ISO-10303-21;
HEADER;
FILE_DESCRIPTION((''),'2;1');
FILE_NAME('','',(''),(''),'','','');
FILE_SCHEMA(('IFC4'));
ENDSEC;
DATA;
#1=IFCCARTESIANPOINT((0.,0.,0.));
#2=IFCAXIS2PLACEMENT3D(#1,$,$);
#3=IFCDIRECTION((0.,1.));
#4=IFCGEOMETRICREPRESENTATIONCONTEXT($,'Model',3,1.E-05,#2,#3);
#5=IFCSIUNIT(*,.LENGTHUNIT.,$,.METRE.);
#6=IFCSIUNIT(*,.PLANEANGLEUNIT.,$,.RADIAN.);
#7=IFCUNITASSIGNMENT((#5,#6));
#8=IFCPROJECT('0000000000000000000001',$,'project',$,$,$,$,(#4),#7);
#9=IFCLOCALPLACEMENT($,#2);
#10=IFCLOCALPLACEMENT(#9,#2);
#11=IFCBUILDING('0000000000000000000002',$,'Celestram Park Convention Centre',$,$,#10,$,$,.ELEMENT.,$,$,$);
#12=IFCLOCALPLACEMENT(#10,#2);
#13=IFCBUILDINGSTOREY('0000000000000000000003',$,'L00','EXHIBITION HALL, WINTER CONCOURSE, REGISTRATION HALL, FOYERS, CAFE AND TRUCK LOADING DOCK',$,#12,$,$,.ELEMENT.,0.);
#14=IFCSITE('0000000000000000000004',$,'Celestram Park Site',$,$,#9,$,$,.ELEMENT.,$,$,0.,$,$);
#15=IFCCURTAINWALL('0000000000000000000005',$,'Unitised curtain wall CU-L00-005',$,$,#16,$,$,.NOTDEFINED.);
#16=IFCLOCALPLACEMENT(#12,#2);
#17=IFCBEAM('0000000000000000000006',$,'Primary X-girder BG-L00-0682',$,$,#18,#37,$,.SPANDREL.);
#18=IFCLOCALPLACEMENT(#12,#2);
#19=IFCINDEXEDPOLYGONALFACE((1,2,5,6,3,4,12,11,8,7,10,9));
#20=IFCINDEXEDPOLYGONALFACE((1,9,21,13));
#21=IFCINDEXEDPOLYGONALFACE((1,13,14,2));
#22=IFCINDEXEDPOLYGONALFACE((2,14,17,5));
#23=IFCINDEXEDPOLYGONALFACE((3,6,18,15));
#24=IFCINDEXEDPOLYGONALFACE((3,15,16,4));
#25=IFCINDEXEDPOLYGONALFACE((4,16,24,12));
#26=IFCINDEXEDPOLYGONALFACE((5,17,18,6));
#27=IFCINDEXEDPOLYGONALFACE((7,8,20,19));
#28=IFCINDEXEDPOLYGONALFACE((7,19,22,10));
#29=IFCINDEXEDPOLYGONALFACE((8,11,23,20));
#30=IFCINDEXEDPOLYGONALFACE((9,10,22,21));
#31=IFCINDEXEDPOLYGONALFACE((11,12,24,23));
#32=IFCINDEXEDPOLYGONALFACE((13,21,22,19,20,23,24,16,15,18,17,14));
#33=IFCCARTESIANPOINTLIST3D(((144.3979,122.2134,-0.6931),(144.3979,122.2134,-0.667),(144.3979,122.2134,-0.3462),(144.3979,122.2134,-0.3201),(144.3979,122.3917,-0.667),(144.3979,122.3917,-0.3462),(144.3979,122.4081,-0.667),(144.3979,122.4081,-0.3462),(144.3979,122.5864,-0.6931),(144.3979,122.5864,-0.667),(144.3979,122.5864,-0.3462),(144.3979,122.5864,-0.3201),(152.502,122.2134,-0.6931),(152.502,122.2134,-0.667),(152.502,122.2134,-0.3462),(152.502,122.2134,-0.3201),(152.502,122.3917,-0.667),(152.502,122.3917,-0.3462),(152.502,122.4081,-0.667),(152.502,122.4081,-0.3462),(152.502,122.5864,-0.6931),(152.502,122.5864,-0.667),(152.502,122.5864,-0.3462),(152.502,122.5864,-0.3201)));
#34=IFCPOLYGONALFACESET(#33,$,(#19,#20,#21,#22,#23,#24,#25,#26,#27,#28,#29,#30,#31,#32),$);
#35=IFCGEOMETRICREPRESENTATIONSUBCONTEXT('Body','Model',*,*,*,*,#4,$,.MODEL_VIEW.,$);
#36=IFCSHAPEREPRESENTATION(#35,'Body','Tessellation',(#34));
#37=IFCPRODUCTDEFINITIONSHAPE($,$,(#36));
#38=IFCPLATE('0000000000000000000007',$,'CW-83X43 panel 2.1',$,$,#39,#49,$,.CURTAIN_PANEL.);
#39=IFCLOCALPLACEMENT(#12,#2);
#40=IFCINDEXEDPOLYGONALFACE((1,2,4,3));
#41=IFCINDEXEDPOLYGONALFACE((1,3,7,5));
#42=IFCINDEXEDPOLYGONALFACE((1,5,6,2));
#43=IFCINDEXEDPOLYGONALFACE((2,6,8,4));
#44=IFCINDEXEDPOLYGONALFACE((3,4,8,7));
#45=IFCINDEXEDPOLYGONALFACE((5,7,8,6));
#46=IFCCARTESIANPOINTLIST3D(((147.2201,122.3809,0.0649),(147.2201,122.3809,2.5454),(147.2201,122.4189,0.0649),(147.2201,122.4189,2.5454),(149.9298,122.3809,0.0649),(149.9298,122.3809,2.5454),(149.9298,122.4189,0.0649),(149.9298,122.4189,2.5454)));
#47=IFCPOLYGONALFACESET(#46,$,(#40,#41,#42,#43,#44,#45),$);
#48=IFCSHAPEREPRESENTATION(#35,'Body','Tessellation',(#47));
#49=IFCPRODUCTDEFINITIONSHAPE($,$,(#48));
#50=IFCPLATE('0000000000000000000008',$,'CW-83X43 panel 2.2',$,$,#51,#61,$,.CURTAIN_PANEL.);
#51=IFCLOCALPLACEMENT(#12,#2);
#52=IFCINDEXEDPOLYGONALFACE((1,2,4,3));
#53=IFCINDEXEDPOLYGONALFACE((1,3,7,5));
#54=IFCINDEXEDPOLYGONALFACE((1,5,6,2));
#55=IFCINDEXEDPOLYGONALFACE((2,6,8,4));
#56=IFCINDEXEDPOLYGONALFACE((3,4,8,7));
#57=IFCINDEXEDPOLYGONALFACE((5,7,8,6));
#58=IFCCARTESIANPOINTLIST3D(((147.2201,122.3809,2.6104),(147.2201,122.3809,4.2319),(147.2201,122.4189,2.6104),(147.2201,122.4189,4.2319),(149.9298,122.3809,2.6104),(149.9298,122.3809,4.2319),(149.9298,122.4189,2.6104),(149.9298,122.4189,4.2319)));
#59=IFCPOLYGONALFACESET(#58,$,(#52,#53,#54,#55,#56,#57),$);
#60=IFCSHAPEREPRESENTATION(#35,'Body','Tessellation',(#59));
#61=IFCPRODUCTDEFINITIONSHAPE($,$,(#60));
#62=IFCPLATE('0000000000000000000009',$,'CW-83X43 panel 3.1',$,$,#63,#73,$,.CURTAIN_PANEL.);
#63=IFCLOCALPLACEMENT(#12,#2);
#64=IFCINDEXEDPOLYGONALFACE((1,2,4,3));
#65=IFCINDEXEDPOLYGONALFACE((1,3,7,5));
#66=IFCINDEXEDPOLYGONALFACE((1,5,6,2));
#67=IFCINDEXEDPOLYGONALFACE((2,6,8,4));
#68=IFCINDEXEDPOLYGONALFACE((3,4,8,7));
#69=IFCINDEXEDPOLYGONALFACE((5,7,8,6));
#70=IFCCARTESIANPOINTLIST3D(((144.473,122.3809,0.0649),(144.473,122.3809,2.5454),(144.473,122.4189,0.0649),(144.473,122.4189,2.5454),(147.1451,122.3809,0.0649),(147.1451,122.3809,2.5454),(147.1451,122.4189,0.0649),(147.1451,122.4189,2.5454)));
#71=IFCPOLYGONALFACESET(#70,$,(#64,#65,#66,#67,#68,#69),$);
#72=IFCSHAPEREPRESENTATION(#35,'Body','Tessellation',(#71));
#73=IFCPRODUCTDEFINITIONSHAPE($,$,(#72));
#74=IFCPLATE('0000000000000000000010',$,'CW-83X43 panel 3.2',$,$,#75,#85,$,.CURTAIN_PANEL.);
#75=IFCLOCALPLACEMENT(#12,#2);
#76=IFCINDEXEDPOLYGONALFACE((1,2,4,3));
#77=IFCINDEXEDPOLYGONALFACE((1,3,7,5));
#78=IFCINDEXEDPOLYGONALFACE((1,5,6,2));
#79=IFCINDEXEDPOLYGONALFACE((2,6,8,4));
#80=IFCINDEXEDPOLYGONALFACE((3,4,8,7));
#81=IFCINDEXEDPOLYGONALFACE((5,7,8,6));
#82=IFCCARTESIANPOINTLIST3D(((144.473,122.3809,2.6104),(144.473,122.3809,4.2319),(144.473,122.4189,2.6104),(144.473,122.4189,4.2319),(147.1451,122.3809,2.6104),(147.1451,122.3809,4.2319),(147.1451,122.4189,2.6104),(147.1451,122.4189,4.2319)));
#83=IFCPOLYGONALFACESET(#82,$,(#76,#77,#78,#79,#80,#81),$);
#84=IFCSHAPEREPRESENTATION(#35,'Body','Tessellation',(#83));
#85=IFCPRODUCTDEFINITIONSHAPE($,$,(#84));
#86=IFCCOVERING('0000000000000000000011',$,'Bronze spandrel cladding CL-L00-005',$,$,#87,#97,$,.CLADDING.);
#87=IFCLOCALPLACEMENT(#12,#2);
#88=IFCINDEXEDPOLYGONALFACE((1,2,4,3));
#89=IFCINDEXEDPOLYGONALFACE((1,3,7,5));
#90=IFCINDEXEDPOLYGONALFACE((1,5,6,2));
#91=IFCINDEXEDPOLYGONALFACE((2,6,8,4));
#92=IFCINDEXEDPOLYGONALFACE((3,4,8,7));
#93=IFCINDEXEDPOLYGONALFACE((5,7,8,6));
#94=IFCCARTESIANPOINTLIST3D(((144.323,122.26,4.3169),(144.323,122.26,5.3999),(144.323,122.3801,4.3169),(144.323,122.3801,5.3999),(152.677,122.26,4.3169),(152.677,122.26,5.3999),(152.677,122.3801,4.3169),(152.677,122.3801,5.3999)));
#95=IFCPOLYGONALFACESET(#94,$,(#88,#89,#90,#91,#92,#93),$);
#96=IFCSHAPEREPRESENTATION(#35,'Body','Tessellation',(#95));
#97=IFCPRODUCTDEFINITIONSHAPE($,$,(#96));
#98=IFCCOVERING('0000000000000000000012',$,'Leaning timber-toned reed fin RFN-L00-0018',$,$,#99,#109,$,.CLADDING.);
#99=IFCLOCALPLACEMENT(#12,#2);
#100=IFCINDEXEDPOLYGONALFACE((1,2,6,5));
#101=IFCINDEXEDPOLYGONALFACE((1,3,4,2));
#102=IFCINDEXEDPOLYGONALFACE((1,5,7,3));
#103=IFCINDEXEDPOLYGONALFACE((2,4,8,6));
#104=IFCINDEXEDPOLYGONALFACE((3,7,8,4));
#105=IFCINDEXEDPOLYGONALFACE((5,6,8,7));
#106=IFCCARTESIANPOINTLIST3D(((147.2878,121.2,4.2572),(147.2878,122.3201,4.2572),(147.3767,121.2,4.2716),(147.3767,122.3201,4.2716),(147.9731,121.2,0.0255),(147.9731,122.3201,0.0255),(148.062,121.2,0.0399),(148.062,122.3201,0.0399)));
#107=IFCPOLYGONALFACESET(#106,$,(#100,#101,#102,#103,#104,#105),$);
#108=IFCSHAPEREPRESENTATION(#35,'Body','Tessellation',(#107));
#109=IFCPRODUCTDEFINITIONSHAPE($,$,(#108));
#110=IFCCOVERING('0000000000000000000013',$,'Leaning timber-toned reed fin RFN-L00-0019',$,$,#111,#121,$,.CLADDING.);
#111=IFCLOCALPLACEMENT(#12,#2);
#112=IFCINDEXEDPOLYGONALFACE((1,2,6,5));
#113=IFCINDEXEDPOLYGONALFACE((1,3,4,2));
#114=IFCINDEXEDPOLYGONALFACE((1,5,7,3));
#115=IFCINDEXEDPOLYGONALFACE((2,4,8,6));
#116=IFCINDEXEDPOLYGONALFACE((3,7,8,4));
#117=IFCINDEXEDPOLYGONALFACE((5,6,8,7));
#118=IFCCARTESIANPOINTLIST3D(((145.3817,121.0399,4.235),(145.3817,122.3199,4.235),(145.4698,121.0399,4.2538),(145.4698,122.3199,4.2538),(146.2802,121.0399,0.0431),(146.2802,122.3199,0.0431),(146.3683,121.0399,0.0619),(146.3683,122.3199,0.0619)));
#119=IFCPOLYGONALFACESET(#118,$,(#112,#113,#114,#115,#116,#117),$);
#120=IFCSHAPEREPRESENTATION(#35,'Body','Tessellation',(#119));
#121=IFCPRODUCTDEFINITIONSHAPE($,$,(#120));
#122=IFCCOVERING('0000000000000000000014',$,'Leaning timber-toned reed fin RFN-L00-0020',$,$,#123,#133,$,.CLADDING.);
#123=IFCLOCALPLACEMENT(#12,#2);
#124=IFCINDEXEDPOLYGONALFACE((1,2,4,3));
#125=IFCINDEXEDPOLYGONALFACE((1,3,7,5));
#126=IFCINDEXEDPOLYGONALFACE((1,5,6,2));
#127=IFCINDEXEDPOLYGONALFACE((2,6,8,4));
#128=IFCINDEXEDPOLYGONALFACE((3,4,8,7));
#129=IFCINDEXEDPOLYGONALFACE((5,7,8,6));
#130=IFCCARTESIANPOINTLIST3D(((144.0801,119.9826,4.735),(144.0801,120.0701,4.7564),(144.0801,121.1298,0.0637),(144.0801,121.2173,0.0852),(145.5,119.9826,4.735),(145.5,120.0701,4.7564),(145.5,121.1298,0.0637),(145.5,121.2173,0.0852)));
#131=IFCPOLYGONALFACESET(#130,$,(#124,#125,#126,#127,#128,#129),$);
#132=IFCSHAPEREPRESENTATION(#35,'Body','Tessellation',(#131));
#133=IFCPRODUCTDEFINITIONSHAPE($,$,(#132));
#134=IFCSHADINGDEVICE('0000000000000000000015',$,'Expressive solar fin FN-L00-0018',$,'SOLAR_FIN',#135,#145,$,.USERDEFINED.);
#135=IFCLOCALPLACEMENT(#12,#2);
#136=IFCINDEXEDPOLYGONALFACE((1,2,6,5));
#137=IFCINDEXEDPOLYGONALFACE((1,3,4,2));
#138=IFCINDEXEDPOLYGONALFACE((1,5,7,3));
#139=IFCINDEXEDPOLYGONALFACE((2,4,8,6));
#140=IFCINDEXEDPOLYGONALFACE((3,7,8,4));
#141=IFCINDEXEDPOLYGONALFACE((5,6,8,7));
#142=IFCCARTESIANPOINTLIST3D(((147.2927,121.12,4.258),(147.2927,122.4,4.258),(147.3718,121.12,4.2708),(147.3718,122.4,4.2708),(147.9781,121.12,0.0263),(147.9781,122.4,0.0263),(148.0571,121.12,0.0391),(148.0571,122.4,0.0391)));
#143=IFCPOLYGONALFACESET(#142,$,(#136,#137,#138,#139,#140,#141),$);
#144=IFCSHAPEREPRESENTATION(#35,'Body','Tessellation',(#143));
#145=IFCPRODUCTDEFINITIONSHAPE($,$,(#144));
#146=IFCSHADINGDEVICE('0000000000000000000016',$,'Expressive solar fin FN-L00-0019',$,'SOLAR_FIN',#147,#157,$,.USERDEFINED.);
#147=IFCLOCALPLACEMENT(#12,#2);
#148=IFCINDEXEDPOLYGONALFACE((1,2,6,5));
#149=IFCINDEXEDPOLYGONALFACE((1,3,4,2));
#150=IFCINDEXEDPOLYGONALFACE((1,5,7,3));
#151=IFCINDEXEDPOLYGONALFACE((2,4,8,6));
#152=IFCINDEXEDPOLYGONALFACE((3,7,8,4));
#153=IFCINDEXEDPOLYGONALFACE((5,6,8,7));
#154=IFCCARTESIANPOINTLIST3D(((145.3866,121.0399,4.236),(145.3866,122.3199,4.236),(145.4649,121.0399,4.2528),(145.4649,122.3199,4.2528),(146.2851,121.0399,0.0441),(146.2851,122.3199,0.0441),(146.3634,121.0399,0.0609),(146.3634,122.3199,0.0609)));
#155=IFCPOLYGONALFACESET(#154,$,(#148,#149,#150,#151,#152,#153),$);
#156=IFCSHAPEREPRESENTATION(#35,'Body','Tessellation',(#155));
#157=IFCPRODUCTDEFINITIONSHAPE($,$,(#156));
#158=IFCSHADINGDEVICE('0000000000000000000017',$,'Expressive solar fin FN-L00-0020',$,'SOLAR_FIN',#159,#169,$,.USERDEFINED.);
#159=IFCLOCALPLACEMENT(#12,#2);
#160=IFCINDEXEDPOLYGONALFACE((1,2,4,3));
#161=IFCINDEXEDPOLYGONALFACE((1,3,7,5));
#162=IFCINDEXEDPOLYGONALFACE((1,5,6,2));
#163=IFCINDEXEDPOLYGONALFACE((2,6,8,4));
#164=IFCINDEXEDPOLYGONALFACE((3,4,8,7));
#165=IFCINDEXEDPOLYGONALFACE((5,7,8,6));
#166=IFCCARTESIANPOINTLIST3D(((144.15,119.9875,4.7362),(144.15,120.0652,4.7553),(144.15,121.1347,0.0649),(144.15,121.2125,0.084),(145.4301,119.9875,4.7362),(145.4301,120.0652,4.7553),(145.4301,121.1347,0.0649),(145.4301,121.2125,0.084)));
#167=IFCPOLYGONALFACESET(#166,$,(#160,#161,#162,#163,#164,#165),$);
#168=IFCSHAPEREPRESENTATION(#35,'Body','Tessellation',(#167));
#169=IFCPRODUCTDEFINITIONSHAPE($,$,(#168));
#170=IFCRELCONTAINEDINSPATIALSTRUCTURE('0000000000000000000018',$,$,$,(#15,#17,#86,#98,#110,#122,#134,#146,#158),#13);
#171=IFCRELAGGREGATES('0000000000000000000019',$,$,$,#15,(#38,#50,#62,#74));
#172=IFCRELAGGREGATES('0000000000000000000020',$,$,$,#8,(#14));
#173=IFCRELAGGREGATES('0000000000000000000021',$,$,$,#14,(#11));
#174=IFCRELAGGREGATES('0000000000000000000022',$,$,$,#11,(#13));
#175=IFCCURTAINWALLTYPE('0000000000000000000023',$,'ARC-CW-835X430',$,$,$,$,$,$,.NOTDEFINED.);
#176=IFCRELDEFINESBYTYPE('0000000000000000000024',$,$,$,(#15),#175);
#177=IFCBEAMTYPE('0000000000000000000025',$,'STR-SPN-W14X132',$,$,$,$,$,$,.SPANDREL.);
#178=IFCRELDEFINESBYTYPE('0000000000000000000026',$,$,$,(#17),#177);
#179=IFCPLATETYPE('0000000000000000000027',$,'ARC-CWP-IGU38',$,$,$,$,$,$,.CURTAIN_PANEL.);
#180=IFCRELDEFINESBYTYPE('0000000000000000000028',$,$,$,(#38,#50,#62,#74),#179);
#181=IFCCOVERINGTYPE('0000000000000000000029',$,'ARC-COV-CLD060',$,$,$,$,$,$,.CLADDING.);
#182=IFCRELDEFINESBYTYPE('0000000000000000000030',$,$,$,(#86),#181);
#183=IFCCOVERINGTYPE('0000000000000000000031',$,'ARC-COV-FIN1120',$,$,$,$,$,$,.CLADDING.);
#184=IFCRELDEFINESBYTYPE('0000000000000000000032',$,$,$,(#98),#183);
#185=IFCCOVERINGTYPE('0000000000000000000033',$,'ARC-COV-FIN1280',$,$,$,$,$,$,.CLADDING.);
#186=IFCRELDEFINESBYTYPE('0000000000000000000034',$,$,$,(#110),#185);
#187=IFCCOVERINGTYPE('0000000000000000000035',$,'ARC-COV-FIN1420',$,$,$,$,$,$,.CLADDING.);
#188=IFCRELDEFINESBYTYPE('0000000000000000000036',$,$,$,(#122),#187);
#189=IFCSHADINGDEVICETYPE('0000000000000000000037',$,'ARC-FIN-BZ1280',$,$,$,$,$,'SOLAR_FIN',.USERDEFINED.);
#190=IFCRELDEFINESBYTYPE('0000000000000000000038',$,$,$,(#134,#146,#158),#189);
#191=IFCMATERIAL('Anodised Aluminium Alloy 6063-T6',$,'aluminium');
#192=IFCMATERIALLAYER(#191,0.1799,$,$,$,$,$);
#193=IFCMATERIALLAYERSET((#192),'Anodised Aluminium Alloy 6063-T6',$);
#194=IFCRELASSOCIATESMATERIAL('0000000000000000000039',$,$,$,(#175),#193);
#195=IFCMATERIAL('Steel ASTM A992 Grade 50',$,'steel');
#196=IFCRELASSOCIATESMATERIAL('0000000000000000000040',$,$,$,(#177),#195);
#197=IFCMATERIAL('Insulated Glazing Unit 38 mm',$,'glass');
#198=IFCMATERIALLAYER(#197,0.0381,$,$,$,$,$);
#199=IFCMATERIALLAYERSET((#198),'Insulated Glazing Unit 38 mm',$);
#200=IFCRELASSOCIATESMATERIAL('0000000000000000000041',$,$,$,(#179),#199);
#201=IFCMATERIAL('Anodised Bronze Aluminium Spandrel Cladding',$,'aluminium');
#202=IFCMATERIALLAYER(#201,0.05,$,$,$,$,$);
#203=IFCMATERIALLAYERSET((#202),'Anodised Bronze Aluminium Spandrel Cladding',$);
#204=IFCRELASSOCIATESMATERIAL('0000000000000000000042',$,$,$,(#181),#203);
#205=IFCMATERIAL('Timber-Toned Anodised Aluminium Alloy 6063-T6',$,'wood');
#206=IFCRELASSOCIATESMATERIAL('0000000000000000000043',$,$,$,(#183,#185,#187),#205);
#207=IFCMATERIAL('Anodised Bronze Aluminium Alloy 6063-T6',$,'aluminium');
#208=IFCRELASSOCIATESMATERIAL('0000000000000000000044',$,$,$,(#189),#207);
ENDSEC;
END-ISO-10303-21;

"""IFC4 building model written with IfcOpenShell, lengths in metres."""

from ifc_helpers import new_model, si_unit, direction, frame, origin, origin_2d, place, context, subcontext, project, spatial, rectangle, i_section, extrude, material, layer, layer_set, material_profile, profile_set, type_object, element, aggregate, save


model = new_model("IFC4")

# Units and contexts
model_context = context("Model", 3, precision=1e-05, world=origin(), true_north=direction((0.0, 1.0)))
body_context = subcontext(model_context, "Body", "Model", "MODEL_VIEW")
ifc_project = project(units=[si_unit("LENGTHUNIT", "METRE"), si_unit("PLANEANGLEUNIT", "RADIAN")], contexts=[model_context])

# Site, building, storey
site_placement = place(None, origin())
site = spatial("IfcSite", under=ifc_project, at=site_placement, Name="Celestram Park Site", CompositionType="ELEMENT", RefElevation=0.0)
building_placement = place(site_placement, origin())
building = spatial("IfcBuilding", under=site, at=building_placement, Name="Celestram Park Convention Centre", CompositionType="ELEMENT")
storey_placement = place(building_placement, origin())
storey = spatial("IfcBuildingStorey", under=building, at=storey_placement, Name="L00", Description="EXHIBITION HALL, WINTER CONCOURSE, REGISTRATION HALL, FOYERS, CAFE AND TRUCK LOADING DOCK", CompositionType="ELEMENT", Elevation=0.0)

# Shared definitions
ifc_material_1 = material(Name="Anodised Aluminium Alloy 6063-T6", Category="aluminium")

# Curtain wall
ifc_layer_1 = layer(ifc_material_1, 0.1799)
ifc_layer_set_1 = layer_set([ifc_layer_1], Name="Anodised Aluminium Alloy 6063-T6")
curtain_wall_type_1 = type_object("IfcCurtainWallType", Name="ARC-CW-835X430", PredefinedType="NOTDEFINED", material=ifc_layer_set_1)
curtain_wall_1_placement = place(storey_placement, origin())
curtain_wall_1 = element("IfcCurtainWall", 1, at=curtain_wall_1_placement, inside=storey, type_object=curtain_wall_type_1, Name="Unitised curtain wall CU-L00-005", PredefinedType="NOTDEFINED")

# Beam
ifc_material_2 = material(Name="Steel ASTM A992 Grade 50", Category="steel")
ifc_material_profile_1 = material_profile(ifc_material_2, i_section(OverallWidth=0.373, OverallDepth=0.373, WebThickness=0.0164, FlangeThickness=0.0261, at=origin_2d()), Name="W14X132")
ifc_profile_set_1 = profile_set([ifc_material_profile_1], Name="Steel ASTM A992 Grade 50")
beam_type = type_object("IfcBeamType", Name="STR-SPN-W14X132", PredefinedType="SPANDREL", material=ifc_profile_set_1)
beam_placement = place(storey_placement, frame((144.3979, 122.3999, -0.5066), z_axis=(1.0, 0.0, 0.0), x_axis=(0.0, 1.0, 0.0)))
element("IfcBeam", 2, at=beam_placement, inside=storey, type_object=beam_type, Name="Primary X-girder BG-L00-0682", PredefinedType="SPANDREL", context=body_context, shape_type="SweptSolid", body=[
    extrude(i_section(OverallWidth=0.373, OverallDepth=0.373, WebThickness=0.0164, FlangeThickness=0.0261, at=origin_2d()), origin(), (0.0, 0.0, 1.0), 8.104),
])

# Plates
ifc_material_3 = material(Name="Insulated Glazing Unit 38 mm", Category="glass")
ifc_layer_2 = layer(ifc_material_3, 0.0381)
ifc_layer_set_2 = layer_set([ifc_layer_2], Name="Insulated Glazing Unit 38 mm")
plate_type = type_object("IfcPlateType", Name="ARC-CWP-IGU38", PredefinedType="CURTAIN_PANEL", material=ifc_layer_set_2)
plate_1_placement = place(storey_placement, frame((148.575, 122.3999, 0.0649), z_axis=(0.0, 0.0, 1.0), x_axis=(-1.0, 0.0, 0.0)))
plate_1 = element("IfcPlate", 3, at=plate_1_placement, type_object=plate_type, Name="CW-83X43 panel 2.1", PredefinedType="CURTAIN_PANEL", context=body_context, shape_type="SweptSolid", body=[
    extrude(rectangle(XDim=2.7097, YDim=0.0381, at=origin_2d()), origin(), (0.0, 0.0, 1.0), 2.4805),
])
plate_2_placement = place(storey_placement, frame((148.575, 122.3999, 2.6104), z_axis=(0.0, 0.0, 1.0), x_axis=(-1.0, 0.0, 0.0)))
plate_2 = element("IfcPlate", 4, at=plate_2_placement, type_object=plate_type, Name="CW-83X43 panel 2.2", PredefinedType="CURTAIN_PANEL", context=body_context, shape_type="SweptSolid", body=[
    extrude(rectangle(XDim=2.7097, YDim=0.0381, at=origin_2d()), origin(), (0.0, 0.0, 1.0), 1.6216),
])
plate_3_placement = place(storey_placement, frame((145.8091, 122.3999, 0.0649), z_axis=(0.0, 0.0, 1.0), x_axis=(-1.0, 0.0, 0.0)))
plate_3 = element("IfcPlate", 5, at=plate_3_placement, type_object=plate_type, Name="CW-83X43 panel 3.1", PredefinedType="CURTAIN_PANEL", context=body_context, shape_type="SweptSolid", body=[
    extrude(rectangle(XDim=2.6721, YDim=0.0381, at=origin_2d()), origin(), (0.0, 0.0, 1.0), 2.4805),
])
plate_4_placement = place(storey_placement, frame((145.8091, 122.3999, 2.6104), z_axis=(0.0, 0.0, 1.0), x_axis=(-1.0, 0.0, 0.0)))
plate_4 = element("IfcPlate", 6, at=plate_4_placement, type_object=plate_type, Name="CW-83X43 panel 3.2", PredefinedType="CURTAIN_PANEL", context=body_context, shape_type="SweptSolid", body=[
    extrude(rectangle(XDim=2.6721, YDim=0.0381, at=origin_2d()), origin(), (0.0, 0.0, 1.0), 1.6216),
])
aggregate(curtain_wall_1, [plate_1, plate_2, plate_3, plate_4])

# Coverings
ifc_material_4 = material(Name="Anodised Bronze Aluminium Spandrel Cladding", Category="aluminium")
ifc_layer_3 = layer(ifc_material_4, 0.05)
ifc_layer_set_3 = layer_set([ifc_layer_3], Name="Anodised Bronze Aluminium Spandrel Cladding")
covering_type_1 = type_object("IfcCoveringType", Name="ARC-COV-CLD060", PredefinedType="CLADDING", material=ifc_layer_set_3)
covering_1_placement = place(storey_placement, frame((148.5, 122.3201, 4.3169), z_axis=(0.0, 0.0, 1.0), x_axis=(-1.0, 0.0, 0.0)))
element("IfcCovering", 7, at=covering_1_placement, inside=storey, type_object=covering_type_1, Name="Bronze spandrel cladding CL-L00-005", PredefinedType="CLADDING", context=body_context, shape_type="SweptSolid", body=[
    extrude(rectangle(XDim=8.354, YDim=0.1201, at=origin_2d()), origin(), (0.0, 0.0, 1.0), 1.083),
])
ifc_material_5 = material(Name="Timber-Toned Anodised Aluminium Alloy 6063-T6", Category="wood")
ifc_material_profile_2 = material_profile(ifc_material_5, rectangle(XDim=1.1201, YDim=0.0901, at=origin_2d()), Name="REED1120X90")
ifc_profile_set_2 = profile_set([ifc_material_profile_2], Name="Timber-Toned Anodised Aluminium Alloy 6063-T6")
covering_type_2 = type_object("IfcCoveringType", Name="ARC-COV-FIN1120", PredefinedType="CLADDING", material=ifc_profile_set_2)
covering_2_placement = place(storey_placement, frame((148.0176, 121.76, 0.0327), z_axis=(-0.159863, 0.0, 0.987139), x_axis=(0.0, -1.0, 0.0)))
element("IfcCovering", 8, at=covering_2_placement, inside=storey, type_object=covering_type_2, Name="Leaning timber-toned reed fin RFN-L00-0018", PredefinedType="CLADDING", context=body_context, shape_type="SweptSolid", body=[
    extrude(rectangle(XDim=1.1201, YDim=0.0901, at=origin_2d()), origin(), (0.0, 0.0, 1.0), 4.2869),
])
ifc_material_profile_3 = material_profile(ifc_material_5, rectangle(XDim=1.28, YDim=0.0901, at=origin_2d()), Name="REED1280X90")
ifc_profile_set_3 = profile_set([ifc_material_profile_3], Name="Timber-Toned Anodised Aluminium Alloy 6063-T6")
covering_type_3 = type_object("IfcCoveringType", Name="ARC-COV-FIN1280", PredefinedType="CLADDING", material=ifc_profile_set_3)
covering_3_placement = place(storey_placement, frame((146.3242, 121.6799, 0.0525), z_axis=(-0.209568, 0.0, 0.977794), x_axis=(0.0, -1.0, 0.0)))
element("IfcCovering", 9, at=covering_3_placement, inside=storey, type_object=covering_type_3, Name="Leaning timber-toned reed fin RFN-L00-0019", PredefinedType="CLADDING", context=body_context, shape_type="SweptSolid", body=[
    extrude(rectangle(XDim=1.28, YDim=0.0901, at=origin_2d()), origin(), (0.0, 0.0, 1.0), 4.2871),
])
ifc_material_profile_4 = material_profile(ifc_material_5, rectangle(XDim=1.4199, YDim=0.0901, at=origin_2d()), Name="REED1420X90")
ifc_profile_set_4 = profile_set([ifc_material_profile_4], Name="Timber-Toned Anodised Aluminium Alloy 6063-T6")
covering_type_4 = type_object("IfcCoveringType", Name="ARC-COV-FIN1420", PredefinedType="CLADDING", material=ifc_profile_set_4)
covering_4_placement = place(storey_placement, frame((144.79, 121.1736, 0.0745), z_axis=(0.0, -0.238509, 0.97114), x_axis=(1.0, 0.0, 0.0)))
element("IfcCovering", 10, at=covering_4_placement, inside=storey, type_object=covering_type_4, Name="Leaning timber-toned reed fin RFN-L00-0020", PredefinedType="CLADDING", context=body_context, shape_type="SweptSolid", body=[
    extrude(rectangle(XDim=1.4199, YDim=0.0901, at=origin_2d()), origin(), (0.0, 0.0, 1.0), 4.8101),
])

# Shading devices
ifc_material_6 = material(Name="Anodised Bronze Aluminium Alloy 6063-T6", Category="aluminium")
ifc_material_profile_5 = material_profile(ifc_material_6, rectangle(XDim=1.28, YDim=0.0801, at=origin_2d()), Name="FIN1280X80")
ifc_profile_set_5 = profile_set([ifc_material_profile_5], Name="Anodised Bronze Aluminium Alloy 6063-T6")
shading_device_type = type_object("IfcShadingDeviceType", Name="ARC-FIN-BZ1280", ElementType="SOLAR_FIN", PredefinedType="USERDEFINED", material=ifc_profile_set_5)
shading_device_1_placement = place(storey_placement, frame((148.0176, 121.76, 0.0327), z_axis=(-0.159863, 0.0, 0.987139), x_axis=(0.0, -1.0, 0.0)))
element("IfcShadingDevice", 11, at=shading_device_1_placement, inside=storey, type_object=shading_device_type, Name="Expressive solar fin FN-L00-0018", ObjectType="SOLAR_FIN", PredefinedType="USERDEFINED", context=body_context, shape_type="SweptSolid", body=[
    extrude(rectangle(XDim=1.28, YDim=0.0801, at=origin_2d()), origin(), (0.0, 0.0, 1.0), 4.2869),
])
shading_device_2_placement = place(storey_placement, frame((146.3242, 121.6799, 0.0525), z_axis=(-0.209568, 0.0, 0.977794), x_axis=(0.0, -1.0, 0.0)))
element("IfcShadingDevice", 12, at=shading_device_2_placement, inside=storey, type_object=shading_device_type, Name="Expressive solar fin FN-L00-0019", ObjectType="SOLAR_FIN", PredefinedType="USERDEFINED", context=body_context, shape_type="SweptSolid", body=[
    extrude(rectangle(XDim=1.28, YDim=0.0801, at=origin_2d()), origin(), (0.0, 0.0, 1.0), 4.2871),
])
shading_device_3_placement = place(storey_placement, frame((144.79, 121.1736, 0.0745), z_axis=(0.0, -0.238509, 0.97114), x_axis=(1.0, 0.0, 0.0)))
element("IfcShadingDevice", 13, at=shading_device_3_placement, inside=storey, type_object=shading_device_type, Name="Expressive solar fin FN-L00-0020", ObjectType="SOLAR_FIN", PredefinedType="USERDEFINED", context=body_context, shape_type="SweptSolid", body=[
    extrude(rectangle(XDim=1.28, YDim=0.0801, at=origin_2d()), origin(), (0.0, 0.0, 1.0), 4.8101),
])

save(model, "model.ifc")
